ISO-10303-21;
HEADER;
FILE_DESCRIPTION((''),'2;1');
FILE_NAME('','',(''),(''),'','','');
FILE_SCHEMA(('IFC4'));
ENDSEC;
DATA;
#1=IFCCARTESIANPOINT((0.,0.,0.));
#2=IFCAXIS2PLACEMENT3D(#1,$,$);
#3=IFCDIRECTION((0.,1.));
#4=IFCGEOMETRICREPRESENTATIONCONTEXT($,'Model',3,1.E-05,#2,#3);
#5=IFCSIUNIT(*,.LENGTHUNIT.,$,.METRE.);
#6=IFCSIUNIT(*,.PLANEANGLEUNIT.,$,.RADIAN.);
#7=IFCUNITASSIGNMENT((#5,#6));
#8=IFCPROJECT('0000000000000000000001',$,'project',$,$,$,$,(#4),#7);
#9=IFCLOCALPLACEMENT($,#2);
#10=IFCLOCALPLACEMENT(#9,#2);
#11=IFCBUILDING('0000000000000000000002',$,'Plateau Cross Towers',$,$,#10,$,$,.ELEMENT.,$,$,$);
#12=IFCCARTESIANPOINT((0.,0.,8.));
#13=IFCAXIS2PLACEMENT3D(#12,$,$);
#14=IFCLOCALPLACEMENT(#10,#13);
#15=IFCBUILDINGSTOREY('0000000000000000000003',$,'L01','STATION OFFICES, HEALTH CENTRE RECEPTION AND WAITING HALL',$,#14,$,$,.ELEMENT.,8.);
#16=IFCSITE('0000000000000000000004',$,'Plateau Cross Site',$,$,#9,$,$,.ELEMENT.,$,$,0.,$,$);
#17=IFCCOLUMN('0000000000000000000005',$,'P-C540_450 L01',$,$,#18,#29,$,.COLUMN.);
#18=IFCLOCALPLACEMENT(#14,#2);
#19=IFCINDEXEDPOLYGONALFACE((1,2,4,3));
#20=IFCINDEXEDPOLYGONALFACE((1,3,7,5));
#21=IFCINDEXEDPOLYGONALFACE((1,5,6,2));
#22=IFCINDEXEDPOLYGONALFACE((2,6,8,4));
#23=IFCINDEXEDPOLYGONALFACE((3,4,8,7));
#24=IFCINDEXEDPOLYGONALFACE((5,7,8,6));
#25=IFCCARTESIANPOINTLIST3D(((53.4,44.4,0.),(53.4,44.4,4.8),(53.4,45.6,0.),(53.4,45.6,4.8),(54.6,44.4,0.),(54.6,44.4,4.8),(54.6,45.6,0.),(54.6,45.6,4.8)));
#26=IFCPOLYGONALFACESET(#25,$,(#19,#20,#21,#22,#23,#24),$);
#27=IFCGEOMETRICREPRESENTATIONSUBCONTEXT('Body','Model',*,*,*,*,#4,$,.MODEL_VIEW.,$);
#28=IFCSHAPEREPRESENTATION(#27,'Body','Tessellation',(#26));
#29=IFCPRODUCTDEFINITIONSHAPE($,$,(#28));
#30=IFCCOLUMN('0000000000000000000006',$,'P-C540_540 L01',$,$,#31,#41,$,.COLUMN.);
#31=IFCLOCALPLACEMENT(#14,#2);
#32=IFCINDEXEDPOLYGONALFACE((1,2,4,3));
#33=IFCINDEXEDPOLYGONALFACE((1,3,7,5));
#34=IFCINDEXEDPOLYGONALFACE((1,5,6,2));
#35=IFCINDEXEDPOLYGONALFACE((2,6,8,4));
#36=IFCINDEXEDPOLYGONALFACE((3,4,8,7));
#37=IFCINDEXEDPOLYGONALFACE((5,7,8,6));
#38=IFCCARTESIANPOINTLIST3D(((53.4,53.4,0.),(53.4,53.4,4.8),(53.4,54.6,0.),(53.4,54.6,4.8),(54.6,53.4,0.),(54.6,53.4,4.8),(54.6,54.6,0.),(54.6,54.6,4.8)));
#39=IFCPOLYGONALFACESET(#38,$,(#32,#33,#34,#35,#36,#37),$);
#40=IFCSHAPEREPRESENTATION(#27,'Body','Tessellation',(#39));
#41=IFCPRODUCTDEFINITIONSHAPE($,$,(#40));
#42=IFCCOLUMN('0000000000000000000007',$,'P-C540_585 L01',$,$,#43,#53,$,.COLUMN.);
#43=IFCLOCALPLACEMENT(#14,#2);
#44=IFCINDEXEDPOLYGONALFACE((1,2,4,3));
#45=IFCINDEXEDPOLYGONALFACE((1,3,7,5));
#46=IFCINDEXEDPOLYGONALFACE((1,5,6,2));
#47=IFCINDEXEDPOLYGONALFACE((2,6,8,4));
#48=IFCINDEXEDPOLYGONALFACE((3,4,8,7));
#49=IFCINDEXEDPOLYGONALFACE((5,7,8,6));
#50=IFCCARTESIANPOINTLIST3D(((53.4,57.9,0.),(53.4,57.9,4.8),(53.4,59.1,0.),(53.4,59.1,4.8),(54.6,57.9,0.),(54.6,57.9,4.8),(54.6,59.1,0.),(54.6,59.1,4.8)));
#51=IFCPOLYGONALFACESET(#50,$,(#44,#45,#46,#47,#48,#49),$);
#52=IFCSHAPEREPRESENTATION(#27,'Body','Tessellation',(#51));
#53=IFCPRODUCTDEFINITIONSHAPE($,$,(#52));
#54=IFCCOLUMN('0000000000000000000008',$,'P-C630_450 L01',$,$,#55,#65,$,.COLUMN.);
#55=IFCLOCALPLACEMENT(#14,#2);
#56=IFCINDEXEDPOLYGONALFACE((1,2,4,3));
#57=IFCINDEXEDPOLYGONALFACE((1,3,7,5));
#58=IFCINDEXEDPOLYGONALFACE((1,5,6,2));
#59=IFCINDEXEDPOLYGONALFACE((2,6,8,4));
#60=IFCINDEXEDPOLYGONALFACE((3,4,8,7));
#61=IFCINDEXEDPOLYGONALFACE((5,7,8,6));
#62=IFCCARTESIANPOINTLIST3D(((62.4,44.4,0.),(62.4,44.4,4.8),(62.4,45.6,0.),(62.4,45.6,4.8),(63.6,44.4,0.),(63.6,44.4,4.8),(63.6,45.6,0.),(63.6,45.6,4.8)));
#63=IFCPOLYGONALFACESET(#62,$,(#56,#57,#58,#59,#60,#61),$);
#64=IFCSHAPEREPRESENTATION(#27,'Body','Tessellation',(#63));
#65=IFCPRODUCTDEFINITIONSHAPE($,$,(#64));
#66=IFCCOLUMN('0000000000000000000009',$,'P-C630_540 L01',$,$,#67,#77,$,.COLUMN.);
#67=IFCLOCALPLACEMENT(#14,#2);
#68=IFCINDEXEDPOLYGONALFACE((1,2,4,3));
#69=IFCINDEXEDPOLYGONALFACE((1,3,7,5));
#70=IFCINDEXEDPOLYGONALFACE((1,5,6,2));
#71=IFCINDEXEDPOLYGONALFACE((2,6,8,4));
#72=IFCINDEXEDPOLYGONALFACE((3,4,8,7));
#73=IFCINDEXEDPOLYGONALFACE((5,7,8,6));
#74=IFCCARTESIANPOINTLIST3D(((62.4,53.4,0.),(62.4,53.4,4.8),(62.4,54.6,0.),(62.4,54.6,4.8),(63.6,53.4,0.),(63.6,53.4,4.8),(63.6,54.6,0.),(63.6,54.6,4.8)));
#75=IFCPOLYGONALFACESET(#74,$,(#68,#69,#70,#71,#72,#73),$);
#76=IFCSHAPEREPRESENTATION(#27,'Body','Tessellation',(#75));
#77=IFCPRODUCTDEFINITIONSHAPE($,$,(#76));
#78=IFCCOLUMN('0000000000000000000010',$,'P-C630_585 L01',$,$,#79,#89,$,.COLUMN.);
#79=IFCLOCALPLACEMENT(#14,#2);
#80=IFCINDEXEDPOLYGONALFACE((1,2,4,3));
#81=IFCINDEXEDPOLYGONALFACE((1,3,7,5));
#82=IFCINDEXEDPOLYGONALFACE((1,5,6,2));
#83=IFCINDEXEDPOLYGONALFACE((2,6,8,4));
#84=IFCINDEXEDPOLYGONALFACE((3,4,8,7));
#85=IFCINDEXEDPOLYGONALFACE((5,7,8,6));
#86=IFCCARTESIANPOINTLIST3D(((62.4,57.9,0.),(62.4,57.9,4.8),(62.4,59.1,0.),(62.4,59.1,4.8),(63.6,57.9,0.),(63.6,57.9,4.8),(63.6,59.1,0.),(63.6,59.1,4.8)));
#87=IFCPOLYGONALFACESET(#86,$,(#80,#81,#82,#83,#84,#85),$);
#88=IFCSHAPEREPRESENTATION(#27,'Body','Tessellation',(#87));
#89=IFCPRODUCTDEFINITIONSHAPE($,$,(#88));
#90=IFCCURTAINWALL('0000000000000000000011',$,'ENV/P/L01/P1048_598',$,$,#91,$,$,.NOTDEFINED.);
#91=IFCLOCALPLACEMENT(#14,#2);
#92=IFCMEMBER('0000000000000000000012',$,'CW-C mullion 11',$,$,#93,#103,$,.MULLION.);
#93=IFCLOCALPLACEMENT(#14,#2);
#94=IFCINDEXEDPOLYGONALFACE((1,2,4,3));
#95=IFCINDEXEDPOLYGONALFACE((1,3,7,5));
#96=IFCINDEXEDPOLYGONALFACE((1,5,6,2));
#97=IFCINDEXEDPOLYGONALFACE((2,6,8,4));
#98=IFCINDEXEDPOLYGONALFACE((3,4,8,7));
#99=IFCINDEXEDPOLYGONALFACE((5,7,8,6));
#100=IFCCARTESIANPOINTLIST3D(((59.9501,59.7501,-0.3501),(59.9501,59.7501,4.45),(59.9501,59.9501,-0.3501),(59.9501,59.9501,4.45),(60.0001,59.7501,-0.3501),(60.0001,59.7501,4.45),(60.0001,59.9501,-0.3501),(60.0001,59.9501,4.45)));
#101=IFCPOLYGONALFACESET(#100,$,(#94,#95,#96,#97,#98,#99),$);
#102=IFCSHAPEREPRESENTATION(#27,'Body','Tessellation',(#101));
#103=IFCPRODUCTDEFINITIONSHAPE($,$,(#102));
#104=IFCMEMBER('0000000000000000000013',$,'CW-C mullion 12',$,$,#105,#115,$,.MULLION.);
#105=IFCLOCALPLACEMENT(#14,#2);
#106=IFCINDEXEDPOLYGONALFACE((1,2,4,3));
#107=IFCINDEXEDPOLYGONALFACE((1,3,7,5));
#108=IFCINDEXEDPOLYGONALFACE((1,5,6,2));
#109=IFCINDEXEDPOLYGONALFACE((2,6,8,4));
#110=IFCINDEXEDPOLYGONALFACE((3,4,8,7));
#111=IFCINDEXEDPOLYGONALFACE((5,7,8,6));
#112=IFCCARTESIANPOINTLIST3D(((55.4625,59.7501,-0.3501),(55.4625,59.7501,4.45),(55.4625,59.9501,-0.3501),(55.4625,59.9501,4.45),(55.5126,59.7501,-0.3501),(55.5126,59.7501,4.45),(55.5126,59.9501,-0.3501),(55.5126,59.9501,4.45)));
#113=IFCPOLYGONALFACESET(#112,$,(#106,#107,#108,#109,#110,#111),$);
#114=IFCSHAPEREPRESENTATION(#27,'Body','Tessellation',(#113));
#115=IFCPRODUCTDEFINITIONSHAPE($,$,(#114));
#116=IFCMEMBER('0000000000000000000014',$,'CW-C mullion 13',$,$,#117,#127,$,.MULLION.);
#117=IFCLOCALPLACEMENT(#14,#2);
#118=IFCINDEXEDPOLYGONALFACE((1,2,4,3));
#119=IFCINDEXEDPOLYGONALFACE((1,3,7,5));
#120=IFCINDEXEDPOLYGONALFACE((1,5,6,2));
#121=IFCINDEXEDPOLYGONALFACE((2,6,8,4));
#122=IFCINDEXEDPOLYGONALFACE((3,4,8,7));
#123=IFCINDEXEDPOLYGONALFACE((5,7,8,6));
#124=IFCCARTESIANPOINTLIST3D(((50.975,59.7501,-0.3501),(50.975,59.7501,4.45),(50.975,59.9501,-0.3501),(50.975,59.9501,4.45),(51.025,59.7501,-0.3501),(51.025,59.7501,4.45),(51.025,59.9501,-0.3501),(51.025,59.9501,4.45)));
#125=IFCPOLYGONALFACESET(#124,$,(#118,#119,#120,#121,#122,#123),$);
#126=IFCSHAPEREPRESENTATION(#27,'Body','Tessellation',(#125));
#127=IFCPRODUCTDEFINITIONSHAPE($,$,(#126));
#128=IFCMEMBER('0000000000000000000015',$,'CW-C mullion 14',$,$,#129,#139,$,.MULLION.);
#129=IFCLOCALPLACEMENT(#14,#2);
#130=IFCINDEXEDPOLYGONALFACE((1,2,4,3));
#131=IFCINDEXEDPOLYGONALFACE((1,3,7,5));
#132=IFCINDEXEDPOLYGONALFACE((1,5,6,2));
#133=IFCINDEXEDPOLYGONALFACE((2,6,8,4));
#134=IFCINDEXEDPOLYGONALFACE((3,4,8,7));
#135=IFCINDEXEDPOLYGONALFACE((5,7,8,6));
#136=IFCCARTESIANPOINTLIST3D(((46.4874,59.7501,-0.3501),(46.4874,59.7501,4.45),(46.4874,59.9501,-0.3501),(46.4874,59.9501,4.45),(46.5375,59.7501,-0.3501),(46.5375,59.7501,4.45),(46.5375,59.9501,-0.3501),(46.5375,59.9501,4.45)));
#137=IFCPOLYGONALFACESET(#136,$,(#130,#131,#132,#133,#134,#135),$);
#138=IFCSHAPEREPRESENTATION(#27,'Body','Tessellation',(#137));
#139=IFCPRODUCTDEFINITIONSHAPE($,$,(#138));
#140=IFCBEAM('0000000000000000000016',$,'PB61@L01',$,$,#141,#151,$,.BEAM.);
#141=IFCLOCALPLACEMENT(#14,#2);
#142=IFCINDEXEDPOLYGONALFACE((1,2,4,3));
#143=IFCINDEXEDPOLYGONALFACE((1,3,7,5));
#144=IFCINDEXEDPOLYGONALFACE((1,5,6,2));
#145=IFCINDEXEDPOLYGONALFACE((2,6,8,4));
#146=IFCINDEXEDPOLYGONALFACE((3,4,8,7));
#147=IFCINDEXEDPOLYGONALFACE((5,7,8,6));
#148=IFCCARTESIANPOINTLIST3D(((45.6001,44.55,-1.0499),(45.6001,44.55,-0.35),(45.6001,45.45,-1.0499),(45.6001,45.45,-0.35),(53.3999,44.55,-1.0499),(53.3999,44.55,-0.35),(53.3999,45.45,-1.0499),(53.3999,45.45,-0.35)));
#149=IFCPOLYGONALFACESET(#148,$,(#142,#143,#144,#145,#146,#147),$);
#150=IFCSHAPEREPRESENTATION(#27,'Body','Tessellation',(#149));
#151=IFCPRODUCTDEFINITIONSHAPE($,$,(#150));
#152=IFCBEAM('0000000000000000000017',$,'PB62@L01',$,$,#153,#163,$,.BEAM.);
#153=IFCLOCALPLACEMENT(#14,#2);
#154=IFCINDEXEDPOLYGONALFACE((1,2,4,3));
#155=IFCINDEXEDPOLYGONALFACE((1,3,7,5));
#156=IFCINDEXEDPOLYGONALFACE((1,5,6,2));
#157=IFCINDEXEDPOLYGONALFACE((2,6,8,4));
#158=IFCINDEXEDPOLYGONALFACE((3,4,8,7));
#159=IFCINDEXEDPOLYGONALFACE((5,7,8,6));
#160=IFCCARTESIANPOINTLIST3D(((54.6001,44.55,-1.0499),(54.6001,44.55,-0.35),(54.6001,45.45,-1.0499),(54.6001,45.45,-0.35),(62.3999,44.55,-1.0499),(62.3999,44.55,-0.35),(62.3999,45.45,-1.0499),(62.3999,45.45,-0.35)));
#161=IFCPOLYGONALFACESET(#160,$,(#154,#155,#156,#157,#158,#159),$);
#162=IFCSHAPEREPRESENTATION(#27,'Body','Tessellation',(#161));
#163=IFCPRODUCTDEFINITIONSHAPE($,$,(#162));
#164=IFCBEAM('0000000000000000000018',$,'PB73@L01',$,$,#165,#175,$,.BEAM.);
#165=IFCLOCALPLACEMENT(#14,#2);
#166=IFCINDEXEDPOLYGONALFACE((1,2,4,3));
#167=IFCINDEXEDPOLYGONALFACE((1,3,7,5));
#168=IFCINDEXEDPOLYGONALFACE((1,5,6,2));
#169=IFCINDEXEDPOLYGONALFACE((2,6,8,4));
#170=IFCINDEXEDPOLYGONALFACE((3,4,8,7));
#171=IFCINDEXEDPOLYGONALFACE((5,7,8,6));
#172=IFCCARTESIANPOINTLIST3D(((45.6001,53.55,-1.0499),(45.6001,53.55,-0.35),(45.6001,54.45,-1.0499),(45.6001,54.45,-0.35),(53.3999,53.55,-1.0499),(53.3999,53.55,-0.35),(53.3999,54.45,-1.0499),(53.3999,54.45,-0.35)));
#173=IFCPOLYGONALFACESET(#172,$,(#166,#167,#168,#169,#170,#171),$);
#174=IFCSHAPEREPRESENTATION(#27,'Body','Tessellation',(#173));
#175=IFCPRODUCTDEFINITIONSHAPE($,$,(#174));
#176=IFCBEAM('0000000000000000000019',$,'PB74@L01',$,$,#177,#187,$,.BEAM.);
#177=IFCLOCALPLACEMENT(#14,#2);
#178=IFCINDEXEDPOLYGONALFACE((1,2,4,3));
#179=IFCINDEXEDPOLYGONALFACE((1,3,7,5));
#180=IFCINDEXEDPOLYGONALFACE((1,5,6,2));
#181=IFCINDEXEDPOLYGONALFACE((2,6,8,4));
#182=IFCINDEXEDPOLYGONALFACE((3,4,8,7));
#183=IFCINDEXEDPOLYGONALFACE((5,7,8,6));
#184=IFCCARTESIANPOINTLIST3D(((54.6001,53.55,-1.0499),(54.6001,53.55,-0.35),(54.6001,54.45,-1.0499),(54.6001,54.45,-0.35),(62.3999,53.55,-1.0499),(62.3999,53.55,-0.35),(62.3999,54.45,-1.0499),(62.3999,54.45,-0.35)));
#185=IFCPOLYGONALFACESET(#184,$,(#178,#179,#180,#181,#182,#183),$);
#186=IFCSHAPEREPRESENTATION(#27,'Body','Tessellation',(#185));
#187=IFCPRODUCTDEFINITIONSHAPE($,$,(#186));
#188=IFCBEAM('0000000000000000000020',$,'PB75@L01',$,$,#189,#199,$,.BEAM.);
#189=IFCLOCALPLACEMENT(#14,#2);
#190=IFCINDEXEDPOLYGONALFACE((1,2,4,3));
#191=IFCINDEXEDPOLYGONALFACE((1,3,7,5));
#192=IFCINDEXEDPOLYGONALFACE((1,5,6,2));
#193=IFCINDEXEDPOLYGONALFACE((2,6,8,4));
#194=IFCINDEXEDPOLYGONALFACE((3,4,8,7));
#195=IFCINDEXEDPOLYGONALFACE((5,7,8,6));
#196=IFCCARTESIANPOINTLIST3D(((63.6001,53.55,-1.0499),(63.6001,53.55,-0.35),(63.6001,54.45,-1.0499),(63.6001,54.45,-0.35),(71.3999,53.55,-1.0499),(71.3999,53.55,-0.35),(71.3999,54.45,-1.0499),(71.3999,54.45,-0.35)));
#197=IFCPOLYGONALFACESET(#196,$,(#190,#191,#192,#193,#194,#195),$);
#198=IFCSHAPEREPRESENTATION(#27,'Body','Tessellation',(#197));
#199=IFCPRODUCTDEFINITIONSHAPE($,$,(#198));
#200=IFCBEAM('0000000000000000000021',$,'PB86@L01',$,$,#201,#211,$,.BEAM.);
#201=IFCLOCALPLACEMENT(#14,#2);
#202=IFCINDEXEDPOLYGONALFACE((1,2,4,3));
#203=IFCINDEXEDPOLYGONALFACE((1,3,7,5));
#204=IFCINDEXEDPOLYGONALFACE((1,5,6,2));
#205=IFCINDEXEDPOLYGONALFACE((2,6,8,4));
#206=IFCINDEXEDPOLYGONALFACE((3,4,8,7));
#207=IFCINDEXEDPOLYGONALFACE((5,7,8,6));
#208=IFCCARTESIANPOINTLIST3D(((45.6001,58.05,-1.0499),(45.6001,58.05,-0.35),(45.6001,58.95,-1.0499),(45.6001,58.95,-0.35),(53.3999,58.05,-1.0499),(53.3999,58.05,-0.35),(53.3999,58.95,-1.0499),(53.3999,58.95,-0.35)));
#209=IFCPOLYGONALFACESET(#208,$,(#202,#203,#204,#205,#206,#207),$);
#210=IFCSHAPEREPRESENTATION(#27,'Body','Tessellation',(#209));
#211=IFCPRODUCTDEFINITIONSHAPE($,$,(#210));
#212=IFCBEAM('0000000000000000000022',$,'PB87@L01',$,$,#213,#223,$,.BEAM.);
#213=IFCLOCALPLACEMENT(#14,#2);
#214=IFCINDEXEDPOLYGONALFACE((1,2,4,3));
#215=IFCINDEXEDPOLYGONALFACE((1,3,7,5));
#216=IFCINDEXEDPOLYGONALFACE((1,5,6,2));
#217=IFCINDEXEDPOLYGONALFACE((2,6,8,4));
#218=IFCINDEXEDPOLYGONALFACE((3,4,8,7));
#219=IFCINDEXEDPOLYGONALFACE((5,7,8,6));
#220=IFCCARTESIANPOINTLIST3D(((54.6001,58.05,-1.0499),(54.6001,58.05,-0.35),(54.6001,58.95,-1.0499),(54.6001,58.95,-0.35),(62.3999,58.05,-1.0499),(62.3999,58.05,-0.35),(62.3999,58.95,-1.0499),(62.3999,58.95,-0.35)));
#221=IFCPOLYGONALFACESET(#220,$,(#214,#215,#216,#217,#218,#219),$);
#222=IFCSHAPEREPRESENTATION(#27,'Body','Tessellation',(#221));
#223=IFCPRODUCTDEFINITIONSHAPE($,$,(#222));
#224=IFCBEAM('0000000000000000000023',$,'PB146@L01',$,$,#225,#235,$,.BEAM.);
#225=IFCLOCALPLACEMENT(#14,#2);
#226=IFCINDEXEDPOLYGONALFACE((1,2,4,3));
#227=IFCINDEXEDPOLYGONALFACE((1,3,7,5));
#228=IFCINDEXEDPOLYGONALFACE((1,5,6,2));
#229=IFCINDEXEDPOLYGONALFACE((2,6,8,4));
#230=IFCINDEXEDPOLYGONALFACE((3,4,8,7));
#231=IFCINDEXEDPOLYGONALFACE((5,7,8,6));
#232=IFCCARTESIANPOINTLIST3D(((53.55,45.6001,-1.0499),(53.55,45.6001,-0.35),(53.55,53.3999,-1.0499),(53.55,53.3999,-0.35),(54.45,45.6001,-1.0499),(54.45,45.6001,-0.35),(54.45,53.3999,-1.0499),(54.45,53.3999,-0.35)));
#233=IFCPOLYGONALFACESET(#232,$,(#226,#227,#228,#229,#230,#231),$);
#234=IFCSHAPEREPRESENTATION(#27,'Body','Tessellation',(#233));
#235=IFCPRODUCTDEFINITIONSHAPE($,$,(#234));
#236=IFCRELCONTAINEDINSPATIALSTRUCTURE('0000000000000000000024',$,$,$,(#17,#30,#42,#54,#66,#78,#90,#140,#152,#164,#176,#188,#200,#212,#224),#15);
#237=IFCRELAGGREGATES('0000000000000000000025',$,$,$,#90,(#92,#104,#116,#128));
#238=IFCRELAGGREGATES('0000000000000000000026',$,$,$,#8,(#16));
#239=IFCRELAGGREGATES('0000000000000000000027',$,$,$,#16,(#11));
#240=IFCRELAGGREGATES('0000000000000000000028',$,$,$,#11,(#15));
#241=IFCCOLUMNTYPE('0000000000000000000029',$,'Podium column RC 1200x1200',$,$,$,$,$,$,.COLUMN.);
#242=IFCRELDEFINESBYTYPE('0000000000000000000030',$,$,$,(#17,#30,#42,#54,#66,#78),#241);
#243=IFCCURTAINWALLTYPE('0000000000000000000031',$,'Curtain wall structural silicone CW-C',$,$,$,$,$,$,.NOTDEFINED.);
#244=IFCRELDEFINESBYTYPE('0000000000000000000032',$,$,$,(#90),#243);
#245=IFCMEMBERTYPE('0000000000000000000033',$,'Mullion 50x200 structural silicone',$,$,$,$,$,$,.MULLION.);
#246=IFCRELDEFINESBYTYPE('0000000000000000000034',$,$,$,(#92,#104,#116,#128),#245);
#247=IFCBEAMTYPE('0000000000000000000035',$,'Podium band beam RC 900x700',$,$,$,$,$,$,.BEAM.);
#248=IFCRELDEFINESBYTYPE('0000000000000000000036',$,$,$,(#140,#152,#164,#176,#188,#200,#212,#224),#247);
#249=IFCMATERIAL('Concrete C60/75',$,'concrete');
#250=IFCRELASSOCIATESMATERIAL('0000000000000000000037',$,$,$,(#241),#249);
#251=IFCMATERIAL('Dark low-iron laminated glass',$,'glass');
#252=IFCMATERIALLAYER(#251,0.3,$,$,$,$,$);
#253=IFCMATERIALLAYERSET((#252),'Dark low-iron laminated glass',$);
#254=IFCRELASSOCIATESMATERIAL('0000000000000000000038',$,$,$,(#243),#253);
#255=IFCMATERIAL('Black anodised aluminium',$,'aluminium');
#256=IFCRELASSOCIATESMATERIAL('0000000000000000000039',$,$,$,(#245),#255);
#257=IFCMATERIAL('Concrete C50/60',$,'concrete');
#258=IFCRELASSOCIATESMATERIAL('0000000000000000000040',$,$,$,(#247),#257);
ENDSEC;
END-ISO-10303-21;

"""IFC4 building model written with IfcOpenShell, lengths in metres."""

from ifc_helpers import new_model, si_unit, direction, frame, origin, origin_2d, place, context, subcontext, project, spatial, rectangle, extrude, material, layer, layer_set, material_profile, profile_set, type_object, element, aggregate, save


model = new_model("IFC4")

# Units and contexts
model_context = context("Model", 3, precision=1e-05, world=origin(), true_north=direction((0.0, 1.0)))
body_context = subcontext(model_context, "Body", "Model", "MODEL_VIEW")
ifc_project = project(units=[si_unit("LENGTHUNIT", "METRE"), si_unit("PLANEANGLEUNIT", "RADIAN")], contexts=[model_context])

# Site, building, storey
site_placement = place(None, origin())
site = spatial("IfcSite", under=ifc_project, at=site_placement, Name="Plateau Cross Site", CompositionType="ELEMENT", RefElevation=0.0)
building_placement = place(site_placement, origin())
building = spatial("IfcBuilding", under=site, at=building_placement, Name="Plateau Cross Towers", CompositionType="ELEMENT")
storey_placement = place(building_placement, frame((0.0, 0.0, 8.0)))
storey = spatial("IfcBuildingStorey", under=building, at=storey_placement, Name="L01", Description="STATION OFFICES, HEALTH CENTRE RECEPTION AND WAITING HALL", CompositionType="ELEMENT", Elevation=8.0)

# Columns
ifc_material_1 = material(Name="Concrete C60/75", Category="concrete")
ifc_material_profile_1 = material_profile(ifc_material_1, rectangle(XDim=1.2, YDim=1.2, at=origin_2d()), Name="RC 1200x1200")
ifc_profile_set_1 = profile_set([ifc_material_profile_1], Name="Concrete C60/75")
column_type = type_object("IfcColumnType", Name="Podium column RC 1200x1200", PredefinedType="COLUMN", material=ifc_profile_set_1)
for number, where, z_axis, x_axis, name in (
    (1, (54.0, 45.0, 0.0), (0.0, 0.0, 1.0), (1.0, 0.0, 0.0), "P-C540_450 L01"),
    (2, (54.0, 54.0, 0.0), (0.0, 0.0, 1.0), (1.0, 0.0, 0.0), "P-C540_540 L01"),
    (3, (54.0, 58.5, 0.0), (0.0, 0.0, 1.0), (1.0, 0.0, 0.0), "P-C540_585 L01"),
    (4, (63.0, 45.0, 0.0), (0.0, 0.0, 1.0), (1.0, 0.0, 0.0), "P-C630_450 L01"),
    (5, (63.0, 54.0, 0.0), (0.0, 0.0, 1.0), (1.0, 0.0, 0.0), "P-C630_540 L01"),
    (6, (63.0, 58.5, 0.0), (0.0, 0.0, 1.0), (1.0, 0.0, 0.0), "P-C630_585 L01"),
):
    element("IfcColumn", number, at=place(storey_placement, frame(where, z_axis=z_axis, x_axis=x_axis)), inside=storey, type_object=column_type, Name=name, PredefinedType="COLUMN", context=body_context, shape_type="SweptSolid", body=[
        extrude(rectangle(XDim=1.2, YDim=1.2, at=origin_2d()), origin(), (0.0, 0.0, 1.0), 4.8),
    ])

# Curtain wall, members
ifc_material_2 = material(Name="Dark low-iron laminated glass", Category="glass")
ifc_layer_1 = layer(ifc_material_2, 0.3)
ifc_layer_set_1 = layer_set([ifc_layer_1], Name="Dark low-iron laminated glass")
curtain_wall_type = type_object("IfcCurtainWallType", Name="Curtain wall structural silicone CW-C", PredefinedType="NOTDEFINED", material=ifc_layer_set_1)
curtain_wall_placement = place(storey_placement, origin())
curtain_wall = element("IfcCurtainWall", 7, at=curtain_wall_placement, inside=storey, type_object=curtain_wall_type, Name="ENV/P/L01/P1048_598", PredefinedType="NOTDEFINED")
ifc_material_3 = material(Name="Black anodised aluminium", Category="aluminium")
ifc_material_profile_2 = material_profile(ifc_material_3, rectangle(XDim=0.05, YDim=0.2, at=origin_2d()), Name="MULLION 50x200")
ifc_profile_set_2 = profile_set([ifc_material_profile_2], Name="Black anodised aluminium")
member_type = type_object("IfcMemberType", Name="Mullion 50x200 structural silicone", PredefinedType="MULLION", material=ifc_profile_set_2)
member_1_placement = place(storey_placement, frame((59.9751, 59.8501, -0.3501), z_axis=(0.0, 0.0, 1.0), x_axis=(-1.0, 0.0, 0.0)))
member_1 = element("IfcMember", 8, at=member_1_placement, type_object=member_type, Name="CW-C mullion 11", PredefinedType="MULLION", context=body_context, shape_type="SweptSolid", body=[
    extrude(rectangle(XDim=0.05, YDim=0.2, at=origin_2d()), origin(), (0.0, 0.0, 1.0), 4.8),
])
member_2_placement = place(storey_placement, frame((55.4875, 59.8501, -0.3501), z_axis=(0.0, 0.0, 1.0), x_axis=(-1.0, 0.0, 0.0)))
member_2 = element("IfcMember", 9, at=member_2_placement, type_object=member_type, Name="CW-C mullion 12", PredefinedType="MULLION", context=body_context, shape_type="SweptSolid", body=[
    extrude(rectangle(XDim=0.05, YDim=0.2, at=origin_2d()), origin(), (0.0, 0.0, 1.0), 4.8),
])
member_3_placement = place(storey_placement, frame((51.0, 59.8501, -0.3501), z_axis=(0.0, 0.0, 1.0), x_axis=(-1.0, 0.0, 0.0)))
member_3 = element("IfcMember", 10, at=member_3_placement, type_object=member_type, Name="CW-C mullion 13", PredefinedType="MULLION", context=body_context, shape_type="SweptSolid", body=[
    extrude(rectangle(XDim=0.05, YDim=0.2, at=origin_2d()), origin(), (0.0, 0.0, 1.0), 4.8),
])
member_4_placement = place(storey_placement, frame((46.5125, 59.8501, -0.3501), z_axis=(0.0, 0.0, 1.0), x_axis=(-1.0, 0.0, 0.0)))
member_4 = element("IfcMember", 11, at=member_4_placement, type_object=member_type, Name="CW-C mullion 14", PredefinedType="MULLION", context=body_context, shape_type="SweptSolid", body=[
    extrude(rectangle(XDim=0.05, YDim=0.2, at=origin_2d()), origin(), (0.0, 0.0, 1.0), 4.8),
])

# Beams
ifc_material_4 = material(Name="Concrete C50/60", Category="concrete")
ifc_material_profile_3 = material_profile(ifc_material_4, rectangle(XDim=0.8999, YDim=0.7, at=origin_2d()), Name="RC 900x700")
ifc_profile_set_3 = profile_set([ifc_material_profile_3], Name="Concrete C50/60")
beam_type = type_object("IfcBeamType", Name="Podium band beam RC 900x700", PredefinedType="BEAM", material=ifc_profile_set_3)
for number, where, z_axis, x_axis, name in (
    (12, (45.6001, 45.0, -0.7), (1.0, 0.0, 0.0), (0.0, 1.0, 0.0), "PB61@L01"),
    (13, (54.6001, 45.0, -0.7), (1.0, 0.0, 0.0), (0.0, 1.0, 0.0), "PB62@L01"),
    (14, (45.6001, 54.0, -0.7), (1.0, 0.0, 0.0), (0.0, 1.0, 0.0), "PB73@L01"),
    (15, (54.6001, 54.0, -0.7), (1.0, 0.0, 0.0), (0.0, 1.0, 0.0), "PB74@L01"),
    (16, (63.6001, 54.0, -0.7), (1.0, 0.0, 0.0), (0.0, 1.0, 0.0), "PB75@L01"),
    (17, (45.6001, 58.5, -0.7), (1.0, 0.0, 0.0), (0.0, 1.0, 0.0), "PB86@L01"),
    (18, (54.6001, 58.5, -0.7), (1.0, 0.0, 0.0), (0.0, 1.0, 0.0), "PB87@L01"),
    (19, (54.0, 45.6001, -0.7), (0.0, 1.0, 0.0), (-1.0, 0.0, 0.0), "PB146@L01"),
):
    element("IfcBeam", number, at=place(storey_placement, frame(where, z_axis=z_axis, x_axis=x_axis)), inside=storey, type_object=beam_type, Name=name, PredefinedType="BEAM", context=body_context, shape_type="SweptSolid", body=[
        extrude(rectangle(XDim=0.8999, YDim=0.7, at=origin_2d()), origin(), (0.0, 0.0, 1.0), 7.7998),
    ])

aggregate(curtain_wall, [member_1, member_2, member_3, member_4])

save(model, "model.ifc")
